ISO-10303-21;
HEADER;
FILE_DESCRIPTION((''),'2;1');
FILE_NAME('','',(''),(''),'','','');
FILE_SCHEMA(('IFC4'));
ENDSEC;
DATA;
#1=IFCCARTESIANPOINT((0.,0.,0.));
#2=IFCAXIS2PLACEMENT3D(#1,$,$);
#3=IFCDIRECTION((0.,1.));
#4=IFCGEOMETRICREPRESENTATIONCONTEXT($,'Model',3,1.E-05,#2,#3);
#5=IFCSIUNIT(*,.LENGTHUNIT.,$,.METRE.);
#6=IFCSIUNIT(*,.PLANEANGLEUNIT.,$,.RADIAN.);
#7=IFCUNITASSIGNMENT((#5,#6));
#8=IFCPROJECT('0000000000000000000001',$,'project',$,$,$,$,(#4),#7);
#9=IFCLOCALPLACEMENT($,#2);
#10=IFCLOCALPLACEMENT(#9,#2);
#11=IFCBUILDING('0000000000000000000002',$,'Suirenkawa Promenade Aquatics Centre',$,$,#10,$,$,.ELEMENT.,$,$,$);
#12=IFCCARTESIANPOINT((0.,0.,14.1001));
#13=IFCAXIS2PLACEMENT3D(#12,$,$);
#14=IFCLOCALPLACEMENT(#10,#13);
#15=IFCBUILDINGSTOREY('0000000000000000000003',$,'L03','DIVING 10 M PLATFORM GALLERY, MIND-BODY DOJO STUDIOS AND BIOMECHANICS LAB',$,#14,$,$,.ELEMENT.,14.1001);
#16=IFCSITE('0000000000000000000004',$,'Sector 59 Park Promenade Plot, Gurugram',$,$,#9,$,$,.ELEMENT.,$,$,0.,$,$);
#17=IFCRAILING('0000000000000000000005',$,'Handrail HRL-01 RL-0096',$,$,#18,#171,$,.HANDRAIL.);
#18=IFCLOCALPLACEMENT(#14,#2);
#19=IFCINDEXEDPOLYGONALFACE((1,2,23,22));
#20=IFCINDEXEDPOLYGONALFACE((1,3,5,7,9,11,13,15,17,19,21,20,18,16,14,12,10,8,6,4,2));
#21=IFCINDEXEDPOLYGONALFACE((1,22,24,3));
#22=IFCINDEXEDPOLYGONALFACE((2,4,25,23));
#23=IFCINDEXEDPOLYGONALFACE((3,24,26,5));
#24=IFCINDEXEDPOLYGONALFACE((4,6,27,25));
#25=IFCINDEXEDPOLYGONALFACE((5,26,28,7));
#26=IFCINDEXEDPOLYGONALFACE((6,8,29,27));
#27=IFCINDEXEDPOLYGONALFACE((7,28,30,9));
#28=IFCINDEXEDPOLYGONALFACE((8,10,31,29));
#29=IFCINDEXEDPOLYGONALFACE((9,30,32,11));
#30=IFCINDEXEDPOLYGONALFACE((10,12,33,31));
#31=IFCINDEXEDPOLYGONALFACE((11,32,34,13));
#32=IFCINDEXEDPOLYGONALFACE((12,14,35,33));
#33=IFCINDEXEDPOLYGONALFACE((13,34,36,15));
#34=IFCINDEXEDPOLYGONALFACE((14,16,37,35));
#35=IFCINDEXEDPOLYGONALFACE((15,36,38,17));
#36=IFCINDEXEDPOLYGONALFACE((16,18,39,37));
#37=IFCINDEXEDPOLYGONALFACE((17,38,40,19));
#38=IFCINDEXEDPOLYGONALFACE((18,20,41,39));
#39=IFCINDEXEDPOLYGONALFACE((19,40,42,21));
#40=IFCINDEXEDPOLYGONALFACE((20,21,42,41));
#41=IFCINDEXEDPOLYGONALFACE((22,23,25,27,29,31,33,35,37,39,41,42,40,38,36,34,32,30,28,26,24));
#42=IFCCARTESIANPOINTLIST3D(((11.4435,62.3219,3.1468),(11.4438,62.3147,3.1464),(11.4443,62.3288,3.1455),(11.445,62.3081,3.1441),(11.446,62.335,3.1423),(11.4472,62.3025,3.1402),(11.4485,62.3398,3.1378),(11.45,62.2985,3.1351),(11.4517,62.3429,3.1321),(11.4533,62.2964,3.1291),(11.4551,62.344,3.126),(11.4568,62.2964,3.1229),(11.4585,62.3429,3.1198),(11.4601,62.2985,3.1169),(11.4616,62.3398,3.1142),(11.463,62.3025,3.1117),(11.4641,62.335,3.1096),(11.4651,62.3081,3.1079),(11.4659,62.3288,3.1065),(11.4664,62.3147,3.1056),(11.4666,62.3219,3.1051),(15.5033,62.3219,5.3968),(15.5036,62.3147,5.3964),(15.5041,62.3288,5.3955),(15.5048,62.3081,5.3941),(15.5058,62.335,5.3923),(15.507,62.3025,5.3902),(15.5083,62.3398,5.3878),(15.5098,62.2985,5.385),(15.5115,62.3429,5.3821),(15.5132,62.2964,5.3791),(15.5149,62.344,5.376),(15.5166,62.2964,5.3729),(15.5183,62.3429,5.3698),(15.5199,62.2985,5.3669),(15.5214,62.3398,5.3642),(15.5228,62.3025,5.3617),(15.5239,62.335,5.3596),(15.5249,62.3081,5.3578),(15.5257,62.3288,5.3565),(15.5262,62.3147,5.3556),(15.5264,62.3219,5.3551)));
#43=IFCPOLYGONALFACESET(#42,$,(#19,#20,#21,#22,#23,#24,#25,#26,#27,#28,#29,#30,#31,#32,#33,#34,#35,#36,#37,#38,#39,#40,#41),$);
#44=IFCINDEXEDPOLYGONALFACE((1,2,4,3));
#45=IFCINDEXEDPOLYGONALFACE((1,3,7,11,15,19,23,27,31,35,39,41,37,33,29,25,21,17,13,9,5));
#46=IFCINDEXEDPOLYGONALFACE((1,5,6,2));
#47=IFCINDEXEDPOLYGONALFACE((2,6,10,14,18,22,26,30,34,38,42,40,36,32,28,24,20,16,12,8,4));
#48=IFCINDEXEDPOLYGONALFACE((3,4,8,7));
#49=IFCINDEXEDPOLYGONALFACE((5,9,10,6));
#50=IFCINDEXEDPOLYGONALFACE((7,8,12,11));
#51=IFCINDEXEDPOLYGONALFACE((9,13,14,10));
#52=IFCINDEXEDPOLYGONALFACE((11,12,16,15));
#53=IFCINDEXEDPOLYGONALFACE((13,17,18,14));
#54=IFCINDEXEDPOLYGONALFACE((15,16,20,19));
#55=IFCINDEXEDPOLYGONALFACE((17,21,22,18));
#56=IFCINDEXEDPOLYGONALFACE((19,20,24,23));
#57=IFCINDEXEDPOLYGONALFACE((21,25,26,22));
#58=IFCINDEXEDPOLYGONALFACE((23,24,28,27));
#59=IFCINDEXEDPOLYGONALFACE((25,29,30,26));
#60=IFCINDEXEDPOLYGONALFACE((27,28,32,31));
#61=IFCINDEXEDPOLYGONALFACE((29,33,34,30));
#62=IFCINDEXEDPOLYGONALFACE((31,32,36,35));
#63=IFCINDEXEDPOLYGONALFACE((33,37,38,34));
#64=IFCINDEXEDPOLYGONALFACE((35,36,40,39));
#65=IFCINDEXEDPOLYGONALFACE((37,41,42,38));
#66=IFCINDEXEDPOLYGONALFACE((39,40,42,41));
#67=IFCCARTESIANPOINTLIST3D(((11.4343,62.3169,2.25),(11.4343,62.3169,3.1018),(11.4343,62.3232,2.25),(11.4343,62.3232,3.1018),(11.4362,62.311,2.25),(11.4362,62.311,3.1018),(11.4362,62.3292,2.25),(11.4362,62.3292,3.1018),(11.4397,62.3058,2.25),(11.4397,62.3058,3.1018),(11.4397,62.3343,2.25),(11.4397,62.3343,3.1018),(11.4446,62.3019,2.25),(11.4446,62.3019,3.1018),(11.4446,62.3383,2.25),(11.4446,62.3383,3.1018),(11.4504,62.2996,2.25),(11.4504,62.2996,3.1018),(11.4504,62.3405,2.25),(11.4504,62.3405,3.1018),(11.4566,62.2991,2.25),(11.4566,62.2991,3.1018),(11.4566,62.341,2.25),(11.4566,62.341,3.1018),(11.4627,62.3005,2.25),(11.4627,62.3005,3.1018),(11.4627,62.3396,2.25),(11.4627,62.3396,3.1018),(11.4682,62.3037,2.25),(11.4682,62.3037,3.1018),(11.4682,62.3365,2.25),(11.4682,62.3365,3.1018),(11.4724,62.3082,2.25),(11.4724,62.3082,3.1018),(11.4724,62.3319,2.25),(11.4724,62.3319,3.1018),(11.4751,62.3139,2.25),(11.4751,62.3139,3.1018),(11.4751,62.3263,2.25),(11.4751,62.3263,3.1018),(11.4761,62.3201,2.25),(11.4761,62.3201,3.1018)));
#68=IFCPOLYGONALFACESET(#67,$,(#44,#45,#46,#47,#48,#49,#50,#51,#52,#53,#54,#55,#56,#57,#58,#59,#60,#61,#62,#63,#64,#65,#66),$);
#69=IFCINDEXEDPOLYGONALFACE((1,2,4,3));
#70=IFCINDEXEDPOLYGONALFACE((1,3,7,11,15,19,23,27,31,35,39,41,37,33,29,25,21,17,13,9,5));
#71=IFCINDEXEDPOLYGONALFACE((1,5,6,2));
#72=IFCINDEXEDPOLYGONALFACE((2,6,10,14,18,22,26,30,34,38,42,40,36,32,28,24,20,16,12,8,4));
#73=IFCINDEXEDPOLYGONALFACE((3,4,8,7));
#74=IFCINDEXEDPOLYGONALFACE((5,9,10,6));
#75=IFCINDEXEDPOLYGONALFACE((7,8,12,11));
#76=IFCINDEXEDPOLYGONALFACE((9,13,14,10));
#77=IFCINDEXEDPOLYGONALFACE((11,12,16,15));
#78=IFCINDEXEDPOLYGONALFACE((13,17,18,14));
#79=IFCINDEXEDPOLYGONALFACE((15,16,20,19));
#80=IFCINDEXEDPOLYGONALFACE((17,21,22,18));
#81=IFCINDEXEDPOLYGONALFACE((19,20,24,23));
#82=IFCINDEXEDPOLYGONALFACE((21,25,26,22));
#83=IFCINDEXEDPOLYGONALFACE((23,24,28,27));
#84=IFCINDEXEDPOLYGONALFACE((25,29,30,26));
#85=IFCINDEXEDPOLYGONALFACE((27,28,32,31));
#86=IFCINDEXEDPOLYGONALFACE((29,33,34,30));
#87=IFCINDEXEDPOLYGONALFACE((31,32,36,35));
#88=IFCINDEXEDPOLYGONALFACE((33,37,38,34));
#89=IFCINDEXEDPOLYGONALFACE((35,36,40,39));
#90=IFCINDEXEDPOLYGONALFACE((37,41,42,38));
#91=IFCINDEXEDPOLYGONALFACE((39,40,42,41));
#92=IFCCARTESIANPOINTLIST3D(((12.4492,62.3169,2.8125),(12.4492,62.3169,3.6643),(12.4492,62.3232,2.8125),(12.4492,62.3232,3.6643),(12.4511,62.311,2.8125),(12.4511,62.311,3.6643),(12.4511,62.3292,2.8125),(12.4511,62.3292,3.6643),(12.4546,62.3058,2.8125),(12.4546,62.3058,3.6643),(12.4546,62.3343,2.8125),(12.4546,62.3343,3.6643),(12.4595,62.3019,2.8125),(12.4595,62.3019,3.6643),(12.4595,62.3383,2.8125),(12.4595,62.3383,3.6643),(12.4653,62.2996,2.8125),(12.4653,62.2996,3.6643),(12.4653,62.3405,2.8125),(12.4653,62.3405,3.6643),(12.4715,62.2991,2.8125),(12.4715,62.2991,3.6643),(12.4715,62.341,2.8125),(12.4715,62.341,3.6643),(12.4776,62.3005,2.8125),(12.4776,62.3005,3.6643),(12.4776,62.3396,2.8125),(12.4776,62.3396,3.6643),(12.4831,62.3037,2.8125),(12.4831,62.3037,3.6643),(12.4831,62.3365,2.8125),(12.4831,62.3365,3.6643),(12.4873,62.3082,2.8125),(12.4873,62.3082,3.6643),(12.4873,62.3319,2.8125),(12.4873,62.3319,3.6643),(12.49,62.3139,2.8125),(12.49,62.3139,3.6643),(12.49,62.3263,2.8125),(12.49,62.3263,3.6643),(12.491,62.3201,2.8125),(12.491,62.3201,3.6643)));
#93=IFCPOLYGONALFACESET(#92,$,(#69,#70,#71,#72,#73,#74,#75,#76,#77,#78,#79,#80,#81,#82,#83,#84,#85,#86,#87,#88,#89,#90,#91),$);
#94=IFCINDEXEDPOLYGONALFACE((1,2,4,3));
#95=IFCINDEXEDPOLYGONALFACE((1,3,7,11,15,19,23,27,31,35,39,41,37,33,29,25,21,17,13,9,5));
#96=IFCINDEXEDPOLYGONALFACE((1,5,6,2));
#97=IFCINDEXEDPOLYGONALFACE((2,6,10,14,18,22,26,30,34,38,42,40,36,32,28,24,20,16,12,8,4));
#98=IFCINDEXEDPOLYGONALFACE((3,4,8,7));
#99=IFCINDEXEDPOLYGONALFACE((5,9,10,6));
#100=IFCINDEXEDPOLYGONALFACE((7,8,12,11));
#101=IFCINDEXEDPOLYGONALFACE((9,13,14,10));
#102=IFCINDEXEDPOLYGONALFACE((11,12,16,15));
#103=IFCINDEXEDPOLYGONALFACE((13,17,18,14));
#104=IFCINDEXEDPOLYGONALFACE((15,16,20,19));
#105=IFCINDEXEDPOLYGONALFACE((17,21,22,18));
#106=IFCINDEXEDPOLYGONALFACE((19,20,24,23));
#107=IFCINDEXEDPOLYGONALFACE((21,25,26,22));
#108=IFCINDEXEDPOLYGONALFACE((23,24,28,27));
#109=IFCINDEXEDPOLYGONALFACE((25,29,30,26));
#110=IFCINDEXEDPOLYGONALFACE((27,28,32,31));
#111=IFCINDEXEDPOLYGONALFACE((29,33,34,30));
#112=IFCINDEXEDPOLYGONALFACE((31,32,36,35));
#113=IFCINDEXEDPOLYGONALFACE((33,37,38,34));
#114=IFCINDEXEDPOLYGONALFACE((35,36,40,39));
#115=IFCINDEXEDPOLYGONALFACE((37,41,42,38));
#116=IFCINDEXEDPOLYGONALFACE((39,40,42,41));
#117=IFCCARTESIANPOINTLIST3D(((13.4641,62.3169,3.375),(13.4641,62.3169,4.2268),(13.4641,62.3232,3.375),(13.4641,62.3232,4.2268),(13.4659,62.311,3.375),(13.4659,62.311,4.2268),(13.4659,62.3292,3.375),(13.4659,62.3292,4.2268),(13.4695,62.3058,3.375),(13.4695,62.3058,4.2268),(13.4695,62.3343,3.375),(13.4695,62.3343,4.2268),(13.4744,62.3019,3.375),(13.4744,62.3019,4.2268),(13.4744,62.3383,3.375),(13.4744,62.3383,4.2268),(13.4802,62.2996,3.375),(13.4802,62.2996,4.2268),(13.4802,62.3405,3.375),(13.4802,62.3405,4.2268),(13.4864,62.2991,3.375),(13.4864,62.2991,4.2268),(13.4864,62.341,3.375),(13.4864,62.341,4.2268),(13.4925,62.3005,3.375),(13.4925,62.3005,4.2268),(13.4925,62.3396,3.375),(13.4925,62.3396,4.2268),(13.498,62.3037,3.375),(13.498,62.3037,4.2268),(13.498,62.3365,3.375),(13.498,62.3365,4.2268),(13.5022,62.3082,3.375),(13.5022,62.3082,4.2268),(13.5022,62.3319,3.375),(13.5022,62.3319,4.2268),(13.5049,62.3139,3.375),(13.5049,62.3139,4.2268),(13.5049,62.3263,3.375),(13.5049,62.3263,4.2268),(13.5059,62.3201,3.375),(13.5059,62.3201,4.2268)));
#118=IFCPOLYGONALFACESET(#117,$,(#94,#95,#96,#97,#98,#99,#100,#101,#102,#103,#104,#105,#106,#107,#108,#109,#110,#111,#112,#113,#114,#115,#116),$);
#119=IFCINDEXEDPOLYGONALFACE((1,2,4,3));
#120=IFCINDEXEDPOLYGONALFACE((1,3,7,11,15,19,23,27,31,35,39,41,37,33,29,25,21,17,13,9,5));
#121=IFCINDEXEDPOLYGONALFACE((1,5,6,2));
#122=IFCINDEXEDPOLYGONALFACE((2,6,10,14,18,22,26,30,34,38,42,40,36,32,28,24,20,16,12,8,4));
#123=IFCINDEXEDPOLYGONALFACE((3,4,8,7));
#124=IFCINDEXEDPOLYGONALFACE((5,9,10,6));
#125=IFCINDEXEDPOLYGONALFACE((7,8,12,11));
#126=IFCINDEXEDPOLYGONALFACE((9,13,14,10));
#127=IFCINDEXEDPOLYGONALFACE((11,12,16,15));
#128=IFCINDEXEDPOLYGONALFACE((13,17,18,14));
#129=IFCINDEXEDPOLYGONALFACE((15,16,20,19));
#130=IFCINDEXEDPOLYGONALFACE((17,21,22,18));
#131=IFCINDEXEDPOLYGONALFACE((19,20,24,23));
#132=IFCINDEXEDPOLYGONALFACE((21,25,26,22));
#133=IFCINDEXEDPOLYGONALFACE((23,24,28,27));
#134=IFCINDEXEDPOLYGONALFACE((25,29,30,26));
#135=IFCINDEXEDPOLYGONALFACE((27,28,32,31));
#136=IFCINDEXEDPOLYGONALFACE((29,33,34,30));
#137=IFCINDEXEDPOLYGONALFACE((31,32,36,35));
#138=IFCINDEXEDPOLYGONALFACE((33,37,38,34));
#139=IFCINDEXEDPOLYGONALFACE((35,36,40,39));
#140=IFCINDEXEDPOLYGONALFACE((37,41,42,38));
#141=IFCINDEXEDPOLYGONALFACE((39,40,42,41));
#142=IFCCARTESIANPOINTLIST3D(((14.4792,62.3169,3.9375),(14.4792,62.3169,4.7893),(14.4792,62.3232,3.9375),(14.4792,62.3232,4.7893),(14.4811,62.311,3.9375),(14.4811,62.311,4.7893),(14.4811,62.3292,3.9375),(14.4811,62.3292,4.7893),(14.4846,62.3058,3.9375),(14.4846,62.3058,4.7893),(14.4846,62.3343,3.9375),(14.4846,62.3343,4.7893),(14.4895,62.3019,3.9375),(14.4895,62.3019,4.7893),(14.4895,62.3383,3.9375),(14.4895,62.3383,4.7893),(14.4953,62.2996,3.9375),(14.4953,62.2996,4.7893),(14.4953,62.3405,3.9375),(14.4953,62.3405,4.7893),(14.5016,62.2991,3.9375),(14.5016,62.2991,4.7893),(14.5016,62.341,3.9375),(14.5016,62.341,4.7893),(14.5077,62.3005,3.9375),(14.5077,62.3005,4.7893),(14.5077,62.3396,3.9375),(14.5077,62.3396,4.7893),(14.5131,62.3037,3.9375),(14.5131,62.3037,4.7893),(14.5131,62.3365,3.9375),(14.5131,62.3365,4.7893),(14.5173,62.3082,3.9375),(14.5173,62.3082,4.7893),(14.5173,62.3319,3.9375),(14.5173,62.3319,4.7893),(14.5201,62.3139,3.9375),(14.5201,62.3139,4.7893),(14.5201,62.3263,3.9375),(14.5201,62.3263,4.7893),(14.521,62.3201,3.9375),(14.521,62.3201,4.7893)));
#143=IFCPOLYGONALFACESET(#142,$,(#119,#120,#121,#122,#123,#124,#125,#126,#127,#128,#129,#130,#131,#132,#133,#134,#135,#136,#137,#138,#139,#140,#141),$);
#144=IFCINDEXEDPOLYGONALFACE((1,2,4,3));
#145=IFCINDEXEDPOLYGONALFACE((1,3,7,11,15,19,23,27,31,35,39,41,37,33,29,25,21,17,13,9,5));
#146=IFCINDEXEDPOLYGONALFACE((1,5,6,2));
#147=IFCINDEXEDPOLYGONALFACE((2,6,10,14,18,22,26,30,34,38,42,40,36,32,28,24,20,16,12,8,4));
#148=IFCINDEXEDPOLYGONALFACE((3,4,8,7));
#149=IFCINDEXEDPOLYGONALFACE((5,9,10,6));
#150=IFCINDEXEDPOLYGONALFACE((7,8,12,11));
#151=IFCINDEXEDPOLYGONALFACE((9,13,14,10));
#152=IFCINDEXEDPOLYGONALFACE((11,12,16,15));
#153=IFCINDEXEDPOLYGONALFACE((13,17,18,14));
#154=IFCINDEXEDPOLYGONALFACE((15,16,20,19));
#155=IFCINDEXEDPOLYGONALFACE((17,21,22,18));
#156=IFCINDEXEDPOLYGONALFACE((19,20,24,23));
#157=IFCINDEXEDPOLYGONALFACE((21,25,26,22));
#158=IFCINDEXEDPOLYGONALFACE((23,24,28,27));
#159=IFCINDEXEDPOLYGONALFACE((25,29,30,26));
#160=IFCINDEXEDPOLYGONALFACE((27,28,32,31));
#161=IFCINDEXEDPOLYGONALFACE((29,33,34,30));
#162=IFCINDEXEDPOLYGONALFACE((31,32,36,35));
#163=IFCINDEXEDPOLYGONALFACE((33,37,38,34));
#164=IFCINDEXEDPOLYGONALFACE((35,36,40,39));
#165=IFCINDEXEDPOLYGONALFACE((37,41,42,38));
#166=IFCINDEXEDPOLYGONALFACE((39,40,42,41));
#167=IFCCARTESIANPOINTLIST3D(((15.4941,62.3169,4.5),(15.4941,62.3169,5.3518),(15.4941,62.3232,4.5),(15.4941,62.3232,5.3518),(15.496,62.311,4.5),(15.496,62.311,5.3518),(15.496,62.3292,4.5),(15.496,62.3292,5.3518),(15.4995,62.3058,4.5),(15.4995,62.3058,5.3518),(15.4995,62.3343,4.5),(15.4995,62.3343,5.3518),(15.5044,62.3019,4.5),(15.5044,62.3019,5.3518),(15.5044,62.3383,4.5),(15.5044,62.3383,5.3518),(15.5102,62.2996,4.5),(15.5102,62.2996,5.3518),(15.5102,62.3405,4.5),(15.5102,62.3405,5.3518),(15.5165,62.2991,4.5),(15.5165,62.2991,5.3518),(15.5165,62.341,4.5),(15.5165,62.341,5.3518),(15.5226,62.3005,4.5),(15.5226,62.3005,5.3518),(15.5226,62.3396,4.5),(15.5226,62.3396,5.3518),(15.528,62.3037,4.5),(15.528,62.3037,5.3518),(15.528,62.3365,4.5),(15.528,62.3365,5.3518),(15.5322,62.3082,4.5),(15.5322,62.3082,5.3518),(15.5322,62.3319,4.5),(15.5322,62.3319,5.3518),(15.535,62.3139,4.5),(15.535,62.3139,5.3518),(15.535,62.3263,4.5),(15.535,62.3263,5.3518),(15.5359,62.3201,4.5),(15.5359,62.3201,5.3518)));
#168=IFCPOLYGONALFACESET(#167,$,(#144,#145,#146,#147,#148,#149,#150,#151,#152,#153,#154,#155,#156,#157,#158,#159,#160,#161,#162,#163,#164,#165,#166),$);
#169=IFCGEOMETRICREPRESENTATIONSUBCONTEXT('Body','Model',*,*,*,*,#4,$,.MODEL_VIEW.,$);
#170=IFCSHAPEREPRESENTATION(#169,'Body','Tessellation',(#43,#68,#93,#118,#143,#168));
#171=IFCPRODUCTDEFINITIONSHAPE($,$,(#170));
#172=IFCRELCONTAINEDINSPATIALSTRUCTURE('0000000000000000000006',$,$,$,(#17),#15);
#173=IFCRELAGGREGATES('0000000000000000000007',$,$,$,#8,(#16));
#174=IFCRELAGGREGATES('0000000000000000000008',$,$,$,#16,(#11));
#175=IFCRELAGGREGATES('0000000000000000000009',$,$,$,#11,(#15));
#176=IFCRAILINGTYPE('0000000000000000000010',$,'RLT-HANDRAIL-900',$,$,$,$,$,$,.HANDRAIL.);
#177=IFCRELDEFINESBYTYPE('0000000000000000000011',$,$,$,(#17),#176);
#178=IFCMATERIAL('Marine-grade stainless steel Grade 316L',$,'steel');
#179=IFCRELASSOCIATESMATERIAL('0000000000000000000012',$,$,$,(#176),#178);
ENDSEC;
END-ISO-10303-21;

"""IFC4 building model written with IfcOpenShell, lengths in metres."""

from ifc_helpers import new_model, si_unit, direction, frame, origin, origin_2d, place, context, subcontext, project, spatial, circle, extrude, material, type_object, element, save


model = new_model("IFC4")

# Units and contexts
model_context = context("Model", 3, precision=1e-05, world=origin(), true_north=direction((0.0, 1.0)))
body_context = subcontext(model_context, "Body", "Model", "MODEL_VIEW")
ifc_project = project(units=[si_unit("LENGTHUNIT", "METRE"), si_unit("PLANEANGLEUNIT", "RADIAN")], contexts=[model_context])

# Site, building, storey
site_placement = place(None, origin())
site = spatial("IfcSite", under=ifc_project, at=site_placement, Name="Sector 59 Park Promenade Plot, Gurugram", CompositionType="ELEMENT", RefElevation=0.0)
building_placement = place(site_placement, origin())
building = spatial("IfcBuilding", under=site, at=building_placement, Name="Suirenkawa Promenade Aquatics Centre", CompositionType="ELEMENT")
storey_placement = place(building_placement, frame((0.0, 0.0, 14.1001)))
storey = spatial("IfcBuildingStorey", under=building, at=storey_placement, Name="L03", Description="DIVING 10 M PLATFORM GALLERY, MIND-BODY DOJO STUDIOS AND BIOMECHANICS LAB", CompositionType="ELEMENT", Elevation=14.1001)

# Shared definitions
ifc_material_1 = material(Name="Marine-grade stainless steel Grade 316L", Category="steel")

# Railing
railing_type_1 = type_object("IfcRailingType", Name="RLT-HANDRAIL-900", PredefinedType="HANDRAIL", material=ifc_material_1)
railing_1_placement = place(storey_placement, frame((11.4551, 62.3201, 2.25)))
element("IfcRailing", 1, at=railing_1_placement, inside=storey, type_object=railing_type_1, Name="Handrail HRL-01 RL-0096", PredefinedType="HANDRAIL", context=body_context, shape_type="SweptSolid", body=[
    extrude(circle(Radius=0.0239, at=origin_2d()), frame((0.0, 0.0, 0.876), z_axis=(0.874656, 0.0, 0.484745), x_axis=(0.0, 1.0, 0.0)), (0.0, 0.0, 1.0), 4.6416),
    extrude(circle(Radius=0.021, at=origin_2d()), origin(), (0.0, 0.0, 1.0), 0.8518),
    extrude(circle(Radius=0.021, at=origin_2d()), frame((1.0149, 0.0, 0.5625)), (0.0, 0.0, 1.0), 0.8518),
    extrude(circle(Radius=0.021, at=origin_2d()), frame((2.0298, 0.0, 1.125)), (0.0, 0.0, 1.0), 0.8518),
    extrude(circle(Radius=0.021, at=origin_2d()), frame((3.0449, 0.0, 1.6875)), (0.0, 0.0, 1.0), 0.8518),
    extrude(circle(Radius=0.021, at=origin_2d()), frame((4.0598, 0.0, 2.25)), (0.0, 0.0, 1.0), 0.8518),
])

save(model, "model.ifc")
